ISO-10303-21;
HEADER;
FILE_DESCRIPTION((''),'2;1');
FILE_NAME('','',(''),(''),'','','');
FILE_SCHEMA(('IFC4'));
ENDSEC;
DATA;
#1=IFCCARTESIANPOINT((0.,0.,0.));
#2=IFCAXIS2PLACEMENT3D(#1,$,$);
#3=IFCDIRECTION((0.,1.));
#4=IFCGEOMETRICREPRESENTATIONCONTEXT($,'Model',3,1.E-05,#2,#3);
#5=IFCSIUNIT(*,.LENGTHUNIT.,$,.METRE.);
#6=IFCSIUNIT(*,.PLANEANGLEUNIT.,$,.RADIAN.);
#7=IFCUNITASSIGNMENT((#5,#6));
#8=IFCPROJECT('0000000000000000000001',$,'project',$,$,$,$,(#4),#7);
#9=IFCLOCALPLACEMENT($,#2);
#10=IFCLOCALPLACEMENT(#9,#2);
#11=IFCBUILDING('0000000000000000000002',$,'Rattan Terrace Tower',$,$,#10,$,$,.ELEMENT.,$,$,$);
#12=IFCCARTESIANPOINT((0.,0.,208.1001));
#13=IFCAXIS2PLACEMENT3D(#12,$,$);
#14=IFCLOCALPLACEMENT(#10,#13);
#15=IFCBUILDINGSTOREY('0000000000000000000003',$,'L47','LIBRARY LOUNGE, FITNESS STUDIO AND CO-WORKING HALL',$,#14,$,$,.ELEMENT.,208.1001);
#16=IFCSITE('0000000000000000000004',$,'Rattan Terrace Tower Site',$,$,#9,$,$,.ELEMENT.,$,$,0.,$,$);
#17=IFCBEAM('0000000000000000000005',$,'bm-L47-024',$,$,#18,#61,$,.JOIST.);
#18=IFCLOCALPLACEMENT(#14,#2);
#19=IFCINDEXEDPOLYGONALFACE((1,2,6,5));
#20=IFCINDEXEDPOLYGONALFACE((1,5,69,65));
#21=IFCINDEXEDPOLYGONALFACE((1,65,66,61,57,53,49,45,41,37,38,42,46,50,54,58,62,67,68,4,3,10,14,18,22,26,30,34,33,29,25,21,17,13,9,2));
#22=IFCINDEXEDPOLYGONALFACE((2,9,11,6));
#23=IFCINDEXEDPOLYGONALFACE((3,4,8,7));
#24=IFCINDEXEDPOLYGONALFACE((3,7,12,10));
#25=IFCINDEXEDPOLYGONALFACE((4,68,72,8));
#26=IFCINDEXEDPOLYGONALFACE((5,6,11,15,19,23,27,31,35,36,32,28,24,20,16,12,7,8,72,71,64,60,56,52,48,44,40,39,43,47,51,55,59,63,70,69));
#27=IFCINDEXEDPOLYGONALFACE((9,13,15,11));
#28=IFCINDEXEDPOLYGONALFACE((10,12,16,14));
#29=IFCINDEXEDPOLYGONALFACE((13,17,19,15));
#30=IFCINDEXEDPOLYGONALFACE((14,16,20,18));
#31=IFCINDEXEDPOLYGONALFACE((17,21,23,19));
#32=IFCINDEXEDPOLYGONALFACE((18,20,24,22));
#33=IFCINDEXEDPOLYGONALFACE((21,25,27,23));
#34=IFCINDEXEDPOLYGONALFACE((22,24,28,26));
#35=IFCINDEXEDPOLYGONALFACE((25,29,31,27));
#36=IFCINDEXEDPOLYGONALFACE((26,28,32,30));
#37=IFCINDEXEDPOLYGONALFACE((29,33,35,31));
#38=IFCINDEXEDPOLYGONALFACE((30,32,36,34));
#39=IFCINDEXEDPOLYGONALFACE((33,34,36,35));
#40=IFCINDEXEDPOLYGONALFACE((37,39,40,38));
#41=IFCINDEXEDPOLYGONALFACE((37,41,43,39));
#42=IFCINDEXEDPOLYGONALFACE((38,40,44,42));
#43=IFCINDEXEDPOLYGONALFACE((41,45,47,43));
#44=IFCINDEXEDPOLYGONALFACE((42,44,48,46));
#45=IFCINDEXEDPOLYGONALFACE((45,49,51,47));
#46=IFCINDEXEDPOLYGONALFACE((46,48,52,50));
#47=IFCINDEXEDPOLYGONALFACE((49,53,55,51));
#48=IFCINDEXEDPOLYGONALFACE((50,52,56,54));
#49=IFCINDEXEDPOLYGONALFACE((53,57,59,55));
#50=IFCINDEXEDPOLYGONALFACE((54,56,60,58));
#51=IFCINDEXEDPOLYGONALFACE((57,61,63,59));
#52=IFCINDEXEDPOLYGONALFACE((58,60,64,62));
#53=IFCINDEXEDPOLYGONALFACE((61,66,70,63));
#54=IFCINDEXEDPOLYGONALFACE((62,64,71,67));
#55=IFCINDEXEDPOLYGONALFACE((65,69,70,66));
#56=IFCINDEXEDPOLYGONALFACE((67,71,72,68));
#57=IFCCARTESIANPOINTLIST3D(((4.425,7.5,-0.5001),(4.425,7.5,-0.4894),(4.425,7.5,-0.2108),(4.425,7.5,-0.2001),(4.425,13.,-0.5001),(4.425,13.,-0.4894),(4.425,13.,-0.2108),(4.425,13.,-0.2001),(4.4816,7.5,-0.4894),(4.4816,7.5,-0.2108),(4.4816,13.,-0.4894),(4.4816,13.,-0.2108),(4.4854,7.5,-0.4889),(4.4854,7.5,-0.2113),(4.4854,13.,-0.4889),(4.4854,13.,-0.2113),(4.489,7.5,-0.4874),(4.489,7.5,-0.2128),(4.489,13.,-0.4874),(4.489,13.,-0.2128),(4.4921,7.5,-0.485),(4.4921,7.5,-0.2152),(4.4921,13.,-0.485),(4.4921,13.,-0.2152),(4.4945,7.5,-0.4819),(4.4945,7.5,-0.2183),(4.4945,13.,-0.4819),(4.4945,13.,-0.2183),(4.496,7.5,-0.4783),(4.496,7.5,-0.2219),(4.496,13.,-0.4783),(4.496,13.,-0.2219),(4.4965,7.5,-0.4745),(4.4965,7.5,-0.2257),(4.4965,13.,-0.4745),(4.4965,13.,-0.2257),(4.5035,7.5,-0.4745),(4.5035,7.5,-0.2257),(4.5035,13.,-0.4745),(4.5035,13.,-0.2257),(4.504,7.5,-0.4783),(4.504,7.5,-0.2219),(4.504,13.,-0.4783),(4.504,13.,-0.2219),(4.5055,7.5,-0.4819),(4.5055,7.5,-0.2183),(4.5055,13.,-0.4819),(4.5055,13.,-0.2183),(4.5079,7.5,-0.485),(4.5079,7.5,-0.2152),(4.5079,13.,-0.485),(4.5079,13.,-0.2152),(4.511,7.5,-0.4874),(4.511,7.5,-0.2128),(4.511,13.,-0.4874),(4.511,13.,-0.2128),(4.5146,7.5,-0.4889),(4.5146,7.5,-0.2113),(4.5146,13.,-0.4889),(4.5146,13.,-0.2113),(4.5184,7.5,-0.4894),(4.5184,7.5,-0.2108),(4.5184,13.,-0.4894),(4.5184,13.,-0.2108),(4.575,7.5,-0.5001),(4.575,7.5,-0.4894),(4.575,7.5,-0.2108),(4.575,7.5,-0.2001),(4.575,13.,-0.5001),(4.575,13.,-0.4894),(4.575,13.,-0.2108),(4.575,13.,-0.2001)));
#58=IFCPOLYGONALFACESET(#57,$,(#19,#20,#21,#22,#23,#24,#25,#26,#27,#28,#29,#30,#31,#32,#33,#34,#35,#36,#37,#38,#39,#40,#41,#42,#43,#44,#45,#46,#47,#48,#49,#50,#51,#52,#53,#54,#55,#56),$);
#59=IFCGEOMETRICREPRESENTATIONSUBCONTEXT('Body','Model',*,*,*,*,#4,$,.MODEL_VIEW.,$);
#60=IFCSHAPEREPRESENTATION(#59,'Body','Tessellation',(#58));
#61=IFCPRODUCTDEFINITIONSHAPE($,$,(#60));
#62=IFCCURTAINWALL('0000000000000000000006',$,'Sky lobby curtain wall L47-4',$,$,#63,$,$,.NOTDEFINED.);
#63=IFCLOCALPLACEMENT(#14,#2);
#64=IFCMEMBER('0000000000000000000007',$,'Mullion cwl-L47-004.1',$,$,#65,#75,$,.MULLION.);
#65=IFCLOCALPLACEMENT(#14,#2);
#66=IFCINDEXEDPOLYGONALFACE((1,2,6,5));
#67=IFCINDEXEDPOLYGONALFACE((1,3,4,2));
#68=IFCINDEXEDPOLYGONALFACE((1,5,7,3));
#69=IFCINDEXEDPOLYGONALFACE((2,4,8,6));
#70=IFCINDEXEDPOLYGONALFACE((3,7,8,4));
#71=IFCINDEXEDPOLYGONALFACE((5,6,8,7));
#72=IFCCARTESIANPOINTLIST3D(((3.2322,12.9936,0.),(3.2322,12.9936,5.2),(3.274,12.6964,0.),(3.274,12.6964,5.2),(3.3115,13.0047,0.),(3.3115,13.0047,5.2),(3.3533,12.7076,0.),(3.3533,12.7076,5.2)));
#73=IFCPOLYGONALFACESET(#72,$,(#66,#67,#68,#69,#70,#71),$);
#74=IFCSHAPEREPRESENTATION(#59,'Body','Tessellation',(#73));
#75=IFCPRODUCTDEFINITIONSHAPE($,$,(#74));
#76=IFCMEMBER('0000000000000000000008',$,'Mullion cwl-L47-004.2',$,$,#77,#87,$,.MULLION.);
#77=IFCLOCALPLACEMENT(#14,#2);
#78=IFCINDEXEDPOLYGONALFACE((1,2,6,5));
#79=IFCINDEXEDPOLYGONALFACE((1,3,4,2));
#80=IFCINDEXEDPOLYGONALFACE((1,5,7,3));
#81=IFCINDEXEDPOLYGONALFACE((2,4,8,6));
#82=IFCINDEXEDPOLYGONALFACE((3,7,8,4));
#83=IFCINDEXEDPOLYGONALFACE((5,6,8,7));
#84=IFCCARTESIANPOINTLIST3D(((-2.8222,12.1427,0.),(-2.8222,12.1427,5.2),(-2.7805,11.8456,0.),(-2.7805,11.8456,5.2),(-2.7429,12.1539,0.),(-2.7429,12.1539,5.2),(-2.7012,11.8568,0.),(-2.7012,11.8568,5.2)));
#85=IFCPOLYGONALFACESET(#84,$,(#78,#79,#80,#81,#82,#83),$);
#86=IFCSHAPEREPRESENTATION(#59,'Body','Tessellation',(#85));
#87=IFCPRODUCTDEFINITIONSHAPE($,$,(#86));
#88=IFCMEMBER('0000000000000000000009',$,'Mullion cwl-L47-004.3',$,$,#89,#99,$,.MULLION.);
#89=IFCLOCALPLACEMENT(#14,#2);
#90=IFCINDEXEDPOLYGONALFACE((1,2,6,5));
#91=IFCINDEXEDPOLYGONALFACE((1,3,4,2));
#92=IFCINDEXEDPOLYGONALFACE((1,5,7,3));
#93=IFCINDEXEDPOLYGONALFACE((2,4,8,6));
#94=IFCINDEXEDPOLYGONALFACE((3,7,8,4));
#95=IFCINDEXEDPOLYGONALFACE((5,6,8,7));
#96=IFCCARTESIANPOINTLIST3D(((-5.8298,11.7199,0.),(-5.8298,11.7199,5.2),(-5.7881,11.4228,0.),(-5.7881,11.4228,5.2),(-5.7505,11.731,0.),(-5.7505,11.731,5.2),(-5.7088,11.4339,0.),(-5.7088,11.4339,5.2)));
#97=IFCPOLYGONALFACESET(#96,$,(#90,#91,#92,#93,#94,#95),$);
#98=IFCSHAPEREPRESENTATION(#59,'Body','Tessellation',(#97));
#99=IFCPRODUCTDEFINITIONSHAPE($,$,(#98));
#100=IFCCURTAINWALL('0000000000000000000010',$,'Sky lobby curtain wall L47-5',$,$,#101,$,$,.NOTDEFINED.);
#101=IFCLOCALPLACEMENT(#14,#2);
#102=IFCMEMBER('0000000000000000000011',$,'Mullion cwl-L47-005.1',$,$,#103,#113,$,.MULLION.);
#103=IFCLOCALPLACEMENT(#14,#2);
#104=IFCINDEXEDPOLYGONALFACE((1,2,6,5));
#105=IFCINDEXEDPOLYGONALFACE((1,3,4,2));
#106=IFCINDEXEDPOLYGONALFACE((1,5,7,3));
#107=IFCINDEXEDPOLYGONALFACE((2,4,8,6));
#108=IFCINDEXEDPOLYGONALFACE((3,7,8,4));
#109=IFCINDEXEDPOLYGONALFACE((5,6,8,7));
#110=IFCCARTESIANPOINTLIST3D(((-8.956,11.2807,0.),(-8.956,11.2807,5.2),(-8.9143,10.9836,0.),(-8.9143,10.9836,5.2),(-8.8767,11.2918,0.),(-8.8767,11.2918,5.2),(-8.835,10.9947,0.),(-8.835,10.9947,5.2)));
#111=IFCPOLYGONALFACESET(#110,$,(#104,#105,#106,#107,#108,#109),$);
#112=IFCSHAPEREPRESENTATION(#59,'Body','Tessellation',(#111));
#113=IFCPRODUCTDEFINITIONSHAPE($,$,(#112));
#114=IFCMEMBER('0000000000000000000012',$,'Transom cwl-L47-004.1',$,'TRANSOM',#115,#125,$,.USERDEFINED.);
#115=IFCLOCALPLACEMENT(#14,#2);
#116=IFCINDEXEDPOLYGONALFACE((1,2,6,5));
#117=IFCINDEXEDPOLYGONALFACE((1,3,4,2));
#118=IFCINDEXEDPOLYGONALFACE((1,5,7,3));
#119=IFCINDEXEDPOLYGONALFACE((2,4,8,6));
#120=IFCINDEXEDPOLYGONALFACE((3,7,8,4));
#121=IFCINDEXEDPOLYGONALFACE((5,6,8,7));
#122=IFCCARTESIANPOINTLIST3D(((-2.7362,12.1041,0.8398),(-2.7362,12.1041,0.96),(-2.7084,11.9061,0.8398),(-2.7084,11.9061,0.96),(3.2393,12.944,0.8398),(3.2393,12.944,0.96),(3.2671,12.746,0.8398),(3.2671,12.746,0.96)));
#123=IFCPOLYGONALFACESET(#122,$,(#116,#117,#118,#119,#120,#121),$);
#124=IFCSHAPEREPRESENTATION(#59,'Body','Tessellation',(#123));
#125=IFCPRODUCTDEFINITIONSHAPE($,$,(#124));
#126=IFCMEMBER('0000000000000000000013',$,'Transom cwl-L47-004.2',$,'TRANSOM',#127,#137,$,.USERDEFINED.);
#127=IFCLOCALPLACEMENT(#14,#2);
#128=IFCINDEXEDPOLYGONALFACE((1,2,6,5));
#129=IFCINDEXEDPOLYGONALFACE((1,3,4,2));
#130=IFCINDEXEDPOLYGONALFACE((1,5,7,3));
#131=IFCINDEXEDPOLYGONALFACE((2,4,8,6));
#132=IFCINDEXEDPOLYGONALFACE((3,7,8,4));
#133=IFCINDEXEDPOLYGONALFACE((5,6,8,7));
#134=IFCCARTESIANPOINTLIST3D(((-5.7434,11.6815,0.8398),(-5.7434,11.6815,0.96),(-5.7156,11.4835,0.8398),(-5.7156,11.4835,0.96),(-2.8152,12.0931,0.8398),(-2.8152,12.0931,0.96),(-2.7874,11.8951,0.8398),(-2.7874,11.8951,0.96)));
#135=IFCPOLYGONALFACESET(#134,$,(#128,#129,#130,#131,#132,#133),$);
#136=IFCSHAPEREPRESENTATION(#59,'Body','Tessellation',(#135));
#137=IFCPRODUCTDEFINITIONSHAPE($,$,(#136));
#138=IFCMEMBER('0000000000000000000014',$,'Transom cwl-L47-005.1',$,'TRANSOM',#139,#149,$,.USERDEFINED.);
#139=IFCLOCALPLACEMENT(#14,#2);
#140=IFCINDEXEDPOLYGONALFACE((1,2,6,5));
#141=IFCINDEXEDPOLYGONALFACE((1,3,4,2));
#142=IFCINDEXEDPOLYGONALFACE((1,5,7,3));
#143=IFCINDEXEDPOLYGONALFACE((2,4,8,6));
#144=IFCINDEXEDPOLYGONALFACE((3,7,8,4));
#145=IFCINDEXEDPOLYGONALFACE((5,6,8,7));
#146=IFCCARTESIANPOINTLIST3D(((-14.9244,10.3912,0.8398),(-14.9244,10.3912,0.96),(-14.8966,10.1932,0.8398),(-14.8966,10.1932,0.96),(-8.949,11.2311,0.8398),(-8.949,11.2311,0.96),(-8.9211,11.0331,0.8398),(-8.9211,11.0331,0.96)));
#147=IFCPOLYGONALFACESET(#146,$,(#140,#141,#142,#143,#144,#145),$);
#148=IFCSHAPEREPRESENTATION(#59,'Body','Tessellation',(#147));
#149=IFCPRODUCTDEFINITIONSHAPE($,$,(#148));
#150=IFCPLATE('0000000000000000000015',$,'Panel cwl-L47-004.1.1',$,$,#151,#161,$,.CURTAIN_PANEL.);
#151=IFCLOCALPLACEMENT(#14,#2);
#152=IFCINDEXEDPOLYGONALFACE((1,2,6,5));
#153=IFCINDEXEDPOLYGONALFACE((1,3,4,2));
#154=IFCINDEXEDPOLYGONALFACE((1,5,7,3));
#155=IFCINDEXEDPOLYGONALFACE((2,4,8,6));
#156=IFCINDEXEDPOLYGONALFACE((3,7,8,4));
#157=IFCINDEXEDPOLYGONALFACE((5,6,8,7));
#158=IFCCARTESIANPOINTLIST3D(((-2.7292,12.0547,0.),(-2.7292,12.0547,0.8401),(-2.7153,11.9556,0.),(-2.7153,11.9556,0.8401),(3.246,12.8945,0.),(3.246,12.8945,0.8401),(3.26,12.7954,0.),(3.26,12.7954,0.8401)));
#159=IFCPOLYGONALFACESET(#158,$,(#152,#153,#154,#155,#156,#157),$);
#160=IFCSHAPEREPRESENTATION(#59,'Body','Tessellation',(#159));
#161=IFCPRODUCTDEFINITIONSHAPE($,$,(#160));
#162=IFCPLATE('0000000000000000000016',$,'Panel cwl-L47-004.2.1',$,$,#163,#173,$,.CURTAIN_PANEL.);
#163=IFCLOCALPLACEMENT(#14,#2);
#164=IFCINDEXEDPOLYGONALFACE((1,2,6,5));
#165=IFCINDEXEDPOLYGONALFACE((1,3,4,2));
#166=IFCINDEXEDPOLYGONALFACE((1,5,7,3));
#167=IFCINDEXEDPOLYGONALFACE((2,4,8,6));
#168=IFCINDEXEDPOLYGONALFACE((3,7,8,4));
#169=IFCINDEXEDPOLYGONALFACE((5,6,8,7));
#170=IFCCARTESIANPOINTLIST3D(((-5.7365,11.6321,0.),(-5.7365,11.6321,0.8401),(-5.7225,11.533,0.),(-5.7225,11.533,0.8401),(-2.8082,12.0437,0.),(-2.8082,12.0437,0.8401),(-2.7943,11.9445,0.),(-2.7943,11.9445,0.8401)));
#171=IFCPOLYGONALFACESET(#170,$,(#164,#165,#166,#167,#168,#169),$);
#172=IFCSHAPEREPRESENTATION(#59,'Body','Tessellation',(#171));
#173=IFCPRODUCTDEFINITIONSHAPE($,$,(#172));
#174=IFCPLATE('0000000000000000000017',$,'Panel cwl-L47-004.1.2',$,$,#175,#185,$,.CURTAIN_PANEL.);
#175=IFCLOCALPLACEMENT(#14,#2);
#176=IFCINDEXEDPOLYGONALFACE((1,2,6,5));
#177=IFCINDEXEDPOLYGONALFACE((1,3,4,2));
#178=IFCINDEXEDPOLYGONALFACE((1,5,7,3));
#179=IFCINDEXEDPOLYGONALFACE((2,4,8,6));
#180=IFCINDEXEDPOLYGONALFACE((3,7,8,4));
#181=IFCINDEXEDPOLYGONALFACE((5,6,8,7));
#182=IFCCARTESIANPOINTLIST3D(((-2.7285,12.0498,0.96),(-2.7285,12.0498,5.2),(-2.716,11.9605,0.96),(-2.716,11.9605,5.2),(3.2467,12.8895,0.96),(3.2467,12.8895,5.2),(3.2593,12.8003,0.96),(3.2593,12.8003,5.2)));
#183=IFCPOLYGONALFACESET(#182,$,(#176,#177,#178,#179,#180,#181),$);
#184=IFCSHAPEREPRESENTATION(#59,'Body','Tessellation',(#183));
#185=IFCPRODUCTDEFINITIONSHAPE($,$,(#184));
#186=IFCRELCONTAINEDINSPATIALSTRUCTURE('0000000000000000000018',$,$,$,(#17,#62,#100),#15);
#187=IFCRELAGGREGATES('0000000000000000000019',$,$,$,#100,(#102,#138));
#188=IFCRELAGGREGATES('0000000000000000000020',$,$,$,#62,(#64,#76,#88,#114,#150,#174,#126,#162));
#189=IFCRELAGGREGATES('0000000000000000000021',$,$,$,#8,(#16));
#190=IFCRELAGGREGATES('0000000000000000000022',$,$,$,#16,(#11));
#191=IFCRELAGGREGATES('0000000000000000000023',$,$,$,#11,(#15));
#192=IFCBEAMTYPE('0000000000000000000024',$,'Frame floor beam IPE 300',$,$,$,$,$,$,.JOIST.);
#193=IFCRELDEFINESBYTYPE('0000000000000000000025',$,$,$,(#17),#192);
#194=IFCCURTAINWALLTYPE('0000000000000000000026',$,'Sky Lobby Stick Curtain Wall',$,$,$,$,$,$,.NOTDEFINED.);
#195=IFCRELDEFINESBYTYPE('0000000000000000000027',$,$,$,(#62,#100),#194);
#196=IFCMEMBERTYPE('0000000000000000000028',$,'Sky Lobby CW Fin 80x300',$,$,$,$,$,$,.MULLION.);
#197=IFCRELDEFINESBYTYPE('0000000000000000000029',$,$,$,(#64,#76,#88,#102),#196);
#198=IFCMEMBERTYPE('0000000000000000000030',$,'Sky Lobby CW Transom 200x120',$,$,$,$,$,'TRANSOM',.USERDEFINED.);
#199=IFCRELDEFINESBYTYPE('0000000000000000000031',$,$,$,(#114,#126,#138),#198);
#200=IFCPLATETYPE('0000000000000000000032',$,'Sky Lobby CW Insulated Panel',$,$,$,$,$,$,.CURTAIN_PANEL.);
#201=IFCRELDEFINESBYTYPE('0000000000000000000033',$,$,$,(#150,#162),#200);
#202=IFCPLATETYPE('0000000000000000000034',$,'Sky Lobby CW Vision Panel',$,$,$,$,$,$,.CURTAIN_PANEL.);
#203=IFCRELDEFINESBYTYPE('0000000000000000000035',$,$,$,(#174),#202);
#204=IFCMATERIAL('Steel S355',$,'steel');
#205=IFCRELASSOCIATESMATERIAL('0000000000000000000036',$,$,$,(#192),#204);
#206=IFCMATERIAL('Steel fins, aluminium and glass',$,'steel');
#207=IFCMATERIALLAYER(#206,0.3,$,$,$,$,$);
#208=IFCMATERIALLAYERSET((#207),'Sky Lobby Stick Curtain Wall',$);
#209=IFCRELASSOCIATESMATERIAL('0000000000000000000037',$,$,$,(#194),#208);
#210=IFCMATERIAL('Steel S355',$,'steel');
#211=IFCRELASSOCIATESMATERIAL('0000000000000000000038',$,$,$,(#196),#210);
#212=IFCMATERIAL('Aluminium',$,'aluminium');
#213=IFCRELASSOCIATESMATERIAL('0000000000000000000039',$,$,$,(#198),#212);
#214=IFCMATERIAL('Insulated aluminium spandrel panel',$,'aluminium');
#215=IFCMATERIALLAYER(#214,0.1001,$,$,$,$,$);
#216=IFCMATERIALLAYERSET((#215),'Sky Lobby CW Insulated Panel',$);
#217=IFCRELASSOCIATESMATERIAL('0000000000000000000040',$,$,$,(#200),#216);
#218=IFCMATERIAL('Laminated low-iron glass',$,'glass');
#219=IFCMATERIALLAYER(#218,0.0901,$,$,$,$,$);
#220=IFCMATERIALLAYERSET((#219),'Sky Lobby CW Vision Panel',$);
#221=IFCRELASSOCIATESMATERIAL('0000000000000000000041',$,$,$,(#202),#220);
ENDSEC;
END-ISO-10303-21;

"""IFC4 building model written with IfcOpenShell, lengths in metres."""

from ifc_helpers import new_model, si_unit, direction, frame, origin, origin_2d, place, context, subcontext, project, spatial, rectangle, i_section, extrude, material, layer, layer_set, material_profile, profile_set, type_object, element, aggregate, save


model = new_model("IFC4")

# Units and contexts
model_context = context("Model", 3, precision=1e-05, world=origin(), true_north=direction((0.0, 1.0)))
body_context = subcontext(model_context, "Body", "Model", "MODEL_VIEW")
ifc_project = project(units=[si_unit("LENGTHUNIT", "METRE"), si_unit("PLANEANGLEUNIT", "RADIAN")], contexts=[model_context])

# Site, building, storey
site_placement = place(None, origin())
site = spatial("IfcSite", under=ifc_project, at=site_placement, Name="Rattan Terrace Tower Site", CompositionType="ELEMENT", RefElevation=0.0)
building_placement = place(site_placement, origin())
building = spatial("IfcBuilding", under=site, at=building_placement, Name="Rattan Terrace Tower", CompositionType="ELEMENT")
storey_placement = place(building_placement, frame((0.0, 0.0, 208.1001)))
storey = spatial("IfcBuildingStorey", under=building, at=storey_placement, Name="L47", Description="LIBRARY LOUNGE, FITNESS STUDIO AND CO-WORKING HALL", CompositionType="ELEMENT", Elevation=208.1001)

# Beam
ifc_material_1 = material(Name="Steel S355", Category="steel")
ifc_material_profile_1 = material_profile(ifc_material_1, i_section(OverallWidth=0.1499, OverallDepth=0.3, WebThickness=0.0071, FlangeThickness=0.0107, FilletRadius=0.0149, at=origin_2d()), Name="IPE 300")
ifc_profile_set_1 = profile_set([ifc_material_profile_1], Name="Steel S355")
beam_type_1 = type_object("IfcBeamType", Name="Frame floor beam IPE 300", PredefinedType="JOIST", material=ifc_profile_set_1)
beam_1_placement = place(storey_placement, frame((4.5, 7.5, -0.3501), z_axis=(0.0, 1.0, 0.0), x_axis=(-1.0, 0.0, 0.0)))
element("IfcBeam", 1, at=beam_1_placement, inside=storey, type_object=beam_type_1, Name="bm-L47-024", PredefinedType="JOIST", context=body_context, shape_type="SweptSolid", body=[
    extrude(i_section(OverallWidth=0.1499, OverallDepth=0.3, WebThickness=0.0071, FlangeThickness=0.0107, FilletRadius=0.0149, at=origin_2d()), origin(), (0.0, 0.0, 1.0), 5.5),
])

# Curtain wall, members
ifc_material_2 = material(Name="Steel fins, aluminium and glass", Category="steel")
ifc_layer_1 = layer(ifc_material_2, 0.3)
ifc_layer_set_1 = layer_set([ifc_layer_1], Name="Sky Lobby Stick Curtain Wall")
curtain_wall_type = type_object("IfcCurtainWallType", Name="Sky Lobby Stick Curtain Wall", PredefinedType="NOTDEFINED", material=ifc_layer_set_1)
curtain_wall_1_placement = place(storey_placement, origin())
curtain_wall_1 = element("IfcCurtainWall", 2, at=curtain_wall_1_placement, inside=storey, type_object=curtain_wall_type, Name="Sky lobby curtain wall L47-4", PredefinedType="NOTDEFINED")
ifc_material_3 = material(Name="Steel S355", Category="steel")
ifc_material_profile_2 = material_profile(ifc_material_3, rectangle(XDim=0.0801, YDim=0.3, at=origin_2d()), Name="Steel S355 80x300")
ifc_profile_set_2 = profile_set([ifc_material_profile_2], Name="Steel S355")
member_type_1 = type_object("IfcMemberType", Name="Sky Lobby CW Fin 80x300", PredefinedType="MULLION", material=ifc_profile_set_2)
member_1_placement = place(storey_placement, frame((3.2927, 12.8506, 0.0), z_axis=(0.0, 0.0, 1.0), x_axis=(-0.990267, -0.139177, 0.0)))
member_1 = element("IfcMember", 3, at=member_1_placement, type_object=member_type_1, Name="Mullion cwl-L47-004.1", PredefinedType="MULLION", context=body_context, shape_type="SweptSolid", body=[
    extrude(rectangle(XDim=0.0801, YDim=0.3, at=origin_2d()), origin(), (0.0, 0.0, 1.0), 5.2),
])
member_2_placement = place(storey_placement, frame((-2.7617, 11.9998, 0.0), z_axis=(0.0, 0.0, 1.0), x_axis=(-0.990267, -0.139177, 0.0)))
member_2 = element("IfcMember", 4, at=member_2_placement, type_object=member_type_1, Name="Mullion cwl-L47-004.2", PredefinedType="MULLION", context=body_context, shape_type="SweptSolid", body=[
    extrude(rectangle(XDim=0.0801, YDim=0.3, at=origin_2d()), origin(), (0.0, 0.0, 1.0), 5.2),
])
member_3_placement = place(storey_placement, frame((-5.7693, 11.5769, 0.0), z_axis=(0.0, 0.0, 1.0), x_axis=(-0.990267, -0.139177, 0.0)))
member_3 = element("IfcMember", 5, at=member_3_placement, type_object=member_type_1, Name="Mullion cwl-L47-004.3", PredefinedType="MULLION", context=body_context, shape_type="SweptSolid", body=[
    extrude(rectangle(XDim=0.0801, YDim=0.3, at=origin_2d()), origin(), (0.0, 0.0, 1.0), 5.2),
])

# Curtain wall, member
curtain_wall_2_placement = place(storey_placement, origin())
curtain_wall_2 = element("IfcCurtainWall", 6, at=curtain_wall_2_placement, inside=storey, type_object=curtain_wall_type, Name="Sky lobby curtain wall L47-5", PredefinedType="NOTDEFINED")
member_4_placement = place(storey_placement, frame((-8.8955, 11.1377, 0.0), z_axis=(0.0, 0.0, 1.0), x_axis=(-0.990267, -0.139177, 0.0)))
member_4 = element("IfcMember", 7, at=member_4_placement, type_object=member_type_1, Name="Mullion cwl-L47-005.1", PredefinedType="MULLION", context=body_context, shape_type="SweptSolid", body=[
    extrude(rectangle(XDim=0.0801, YDim=0.3, at=origin_2d()), origin(), (0.0, 0.0, 1.0), 5.2),
])

# Members
ifc_material_4 = material(Name="Aluminium", Category="aluminium")
ifc_material_profile_3 = material_profile(ifc_material_4, rectangle(XDim=0.2, YDim=0.1201, at=origin_2d()), Name="Aluminium 200x120")
ifc_profile_set_3 = profile_set([ifc_material_profile_3], Name="Aluminium")
member_type_2 = type_object("IfcMemberType", Name="Sky Lobby CW Transom 200x120", ElementType="TRANSOM", PredefinedType="USERDEFINED", material=ifc_profile_set_3)
member_5_placement = place(storey_placement, frame((3.2532, 12.845, 0.8999), z_axis=(-0.990267, -0.139184, 0.0), x_axis=(0.139184, -0.990267, 0.0)))
member_5 = element("IfcMember", 8, at=member_5_placement, type_object=member_type_2, Name="Transom cwl-L47-004.1", ObjectType="TRANSOM", PredefinedType="USERDEFINED", context=body_context, shape_type="SweptSolid", body=[
    extrude(rectangle(XDim=0.2, YDim=0.1201, at=origin_2d()), origin(), (0.0, 0.0, 1.0), 6.0342),
])
member_6_placement = place(storey_placement, frame((-2.8013, 11.9941, 0.8999), z_axis=(-0.990264, -0.139202, 0.0), x_axis=(0.139202, -0.990264, 0.0)))
member_6 = element("IfcMember", 9, at=member_6_placement, type_object=member_type_2, Name="Transom cwl-L47-004.2", ObjectType="TRANSOM", PredefinedType="USERDEFINED", context=body_context, shape_type="SweptSolid", body=[
    extrude(rectangle(XDim=0.2, YDim=0.1201, at=origin_2d()), origin(), (0.0, 0.0, 1.0), 2.957),
])
member_7_placement = place(storey_placement, frame((-8.9351, 11.1321, 0.8999), z_axis=(-0.990267, -0.139184, 0.0), x_axis=(0.139184, -0.990267, 0.0)))
member_7 = element("IfcMember", 10, at=member_7_placement, type_object=member_type_2, Name="Transom cwl-L47-005.1", ObjectType="TRANSOM", PredefinedType="USERDEFINED", context=body_context, shape_type="SweptSolid", body=[
    extrude(rectangle(XDim=0.2, YDim=0.1201, at=origin_2d()), origin(), (0.0, 0.0, 1.0), 6.0342),
])
aggregate(curtain_wall_2, [member_4, member_7])

# Plates
ifc_material_5 = material(Name="Insulated aluminium spandrel panel", Category="aluminium")
ifc_layer_2 = layer(ifc_material_5, 0.1001)
ifc_layer_set_2 = layer_set([ifc_layer_2], Name="Sky Lobby CW Insulated Panel")
plate_type_1 = type_object("IfcPlateType", Name="Sky Lobby CW Insulated Panel", PredefinedType="CURTAIN_PANEL", material=ifc_layer_set_2)
plate_1_placement = place(storey_placement, frame((0.2654, 12.425, 0.0), z_axis=(0.0, 0.0, 1.0), x_axis=(-0.990267, -0.139177, 0.0)))
plate_1 = element("IfcPlate", 11, at=plate_1_placement, type_object=plate_type_1, Name="Panel cwl-L47-004.1.1", PredefinedType="CURTAIN_PANEL", context=body_context, shape_type="SweptSolid", body=[
    extrude(rectangle(XDim=6.0339, YDim=0.1001, at=origin_2d()), origin(), (0.0, 0.0, 1.0), 0.8401),
])
plate_2_placement = place(storey_placement, frame((-4.2654, 11.7883, 0.0), z_axis=(0.0, 0.0, 1.0), x_axis=(-0.990267, -0.139177, 0.0)))
plate_2 = element("IfcPlate", 12, at=plate_2_placement, type_object=plate_type_1, Name="Panel cwl-L47-004.2.1", PredefinedType="CURTAIN_PANEL", context=body_context, shape_type="SweptSolid", body=[
    extrude(rectangle(XDim=2.957, YDim=0.1001, at=origin_2d()), origin(), (0.0, 0.0, 1.0), 0.8401),
])
ifc_material_6 = material(Name="Laminated low-iron glass", Category="glass")
ifc_layer_3 = layer(ifc_material_6, 0.0901)
ifc_layer_set_3 = layer_set([ifc_layer_3], Name="Sky Lobby CW Vision Panel")
plate_type_2 = type_object("IfcPlateType", Name="Sky Lobby CW Vision Panel", PredefinedType="CURTAIN_PANEL", material=ifc_layer_set_3)
plate_3_placement = place(storey_placement, frame((0.2654, 12.425, 0.96), z_axis=(0.0, 0.0, 1.0), x_axis=(-0.990267, -0.139177, 0.0)))
plate_3 = element("IfcPlate", 13, at=plate_3_placement, type_object=plate_type_2, Name="Panel cwl-L47-004.1.2", PredefinedType="CURTAIN_PANEL", context=body_context, shape_type="SweptSolid", body=[
    extrude(rectangle(XDim=6.0339, YDim=0.0901, at=origin_2d()), origin(), (0.0, 0.0, 1.0), 4.24),
])
aggregate(curtain_wall_1, [member_1, member_2, member_3, member_5, plate_1, plate_3, member_6, plate_2])

save(model, "model.ifc")
